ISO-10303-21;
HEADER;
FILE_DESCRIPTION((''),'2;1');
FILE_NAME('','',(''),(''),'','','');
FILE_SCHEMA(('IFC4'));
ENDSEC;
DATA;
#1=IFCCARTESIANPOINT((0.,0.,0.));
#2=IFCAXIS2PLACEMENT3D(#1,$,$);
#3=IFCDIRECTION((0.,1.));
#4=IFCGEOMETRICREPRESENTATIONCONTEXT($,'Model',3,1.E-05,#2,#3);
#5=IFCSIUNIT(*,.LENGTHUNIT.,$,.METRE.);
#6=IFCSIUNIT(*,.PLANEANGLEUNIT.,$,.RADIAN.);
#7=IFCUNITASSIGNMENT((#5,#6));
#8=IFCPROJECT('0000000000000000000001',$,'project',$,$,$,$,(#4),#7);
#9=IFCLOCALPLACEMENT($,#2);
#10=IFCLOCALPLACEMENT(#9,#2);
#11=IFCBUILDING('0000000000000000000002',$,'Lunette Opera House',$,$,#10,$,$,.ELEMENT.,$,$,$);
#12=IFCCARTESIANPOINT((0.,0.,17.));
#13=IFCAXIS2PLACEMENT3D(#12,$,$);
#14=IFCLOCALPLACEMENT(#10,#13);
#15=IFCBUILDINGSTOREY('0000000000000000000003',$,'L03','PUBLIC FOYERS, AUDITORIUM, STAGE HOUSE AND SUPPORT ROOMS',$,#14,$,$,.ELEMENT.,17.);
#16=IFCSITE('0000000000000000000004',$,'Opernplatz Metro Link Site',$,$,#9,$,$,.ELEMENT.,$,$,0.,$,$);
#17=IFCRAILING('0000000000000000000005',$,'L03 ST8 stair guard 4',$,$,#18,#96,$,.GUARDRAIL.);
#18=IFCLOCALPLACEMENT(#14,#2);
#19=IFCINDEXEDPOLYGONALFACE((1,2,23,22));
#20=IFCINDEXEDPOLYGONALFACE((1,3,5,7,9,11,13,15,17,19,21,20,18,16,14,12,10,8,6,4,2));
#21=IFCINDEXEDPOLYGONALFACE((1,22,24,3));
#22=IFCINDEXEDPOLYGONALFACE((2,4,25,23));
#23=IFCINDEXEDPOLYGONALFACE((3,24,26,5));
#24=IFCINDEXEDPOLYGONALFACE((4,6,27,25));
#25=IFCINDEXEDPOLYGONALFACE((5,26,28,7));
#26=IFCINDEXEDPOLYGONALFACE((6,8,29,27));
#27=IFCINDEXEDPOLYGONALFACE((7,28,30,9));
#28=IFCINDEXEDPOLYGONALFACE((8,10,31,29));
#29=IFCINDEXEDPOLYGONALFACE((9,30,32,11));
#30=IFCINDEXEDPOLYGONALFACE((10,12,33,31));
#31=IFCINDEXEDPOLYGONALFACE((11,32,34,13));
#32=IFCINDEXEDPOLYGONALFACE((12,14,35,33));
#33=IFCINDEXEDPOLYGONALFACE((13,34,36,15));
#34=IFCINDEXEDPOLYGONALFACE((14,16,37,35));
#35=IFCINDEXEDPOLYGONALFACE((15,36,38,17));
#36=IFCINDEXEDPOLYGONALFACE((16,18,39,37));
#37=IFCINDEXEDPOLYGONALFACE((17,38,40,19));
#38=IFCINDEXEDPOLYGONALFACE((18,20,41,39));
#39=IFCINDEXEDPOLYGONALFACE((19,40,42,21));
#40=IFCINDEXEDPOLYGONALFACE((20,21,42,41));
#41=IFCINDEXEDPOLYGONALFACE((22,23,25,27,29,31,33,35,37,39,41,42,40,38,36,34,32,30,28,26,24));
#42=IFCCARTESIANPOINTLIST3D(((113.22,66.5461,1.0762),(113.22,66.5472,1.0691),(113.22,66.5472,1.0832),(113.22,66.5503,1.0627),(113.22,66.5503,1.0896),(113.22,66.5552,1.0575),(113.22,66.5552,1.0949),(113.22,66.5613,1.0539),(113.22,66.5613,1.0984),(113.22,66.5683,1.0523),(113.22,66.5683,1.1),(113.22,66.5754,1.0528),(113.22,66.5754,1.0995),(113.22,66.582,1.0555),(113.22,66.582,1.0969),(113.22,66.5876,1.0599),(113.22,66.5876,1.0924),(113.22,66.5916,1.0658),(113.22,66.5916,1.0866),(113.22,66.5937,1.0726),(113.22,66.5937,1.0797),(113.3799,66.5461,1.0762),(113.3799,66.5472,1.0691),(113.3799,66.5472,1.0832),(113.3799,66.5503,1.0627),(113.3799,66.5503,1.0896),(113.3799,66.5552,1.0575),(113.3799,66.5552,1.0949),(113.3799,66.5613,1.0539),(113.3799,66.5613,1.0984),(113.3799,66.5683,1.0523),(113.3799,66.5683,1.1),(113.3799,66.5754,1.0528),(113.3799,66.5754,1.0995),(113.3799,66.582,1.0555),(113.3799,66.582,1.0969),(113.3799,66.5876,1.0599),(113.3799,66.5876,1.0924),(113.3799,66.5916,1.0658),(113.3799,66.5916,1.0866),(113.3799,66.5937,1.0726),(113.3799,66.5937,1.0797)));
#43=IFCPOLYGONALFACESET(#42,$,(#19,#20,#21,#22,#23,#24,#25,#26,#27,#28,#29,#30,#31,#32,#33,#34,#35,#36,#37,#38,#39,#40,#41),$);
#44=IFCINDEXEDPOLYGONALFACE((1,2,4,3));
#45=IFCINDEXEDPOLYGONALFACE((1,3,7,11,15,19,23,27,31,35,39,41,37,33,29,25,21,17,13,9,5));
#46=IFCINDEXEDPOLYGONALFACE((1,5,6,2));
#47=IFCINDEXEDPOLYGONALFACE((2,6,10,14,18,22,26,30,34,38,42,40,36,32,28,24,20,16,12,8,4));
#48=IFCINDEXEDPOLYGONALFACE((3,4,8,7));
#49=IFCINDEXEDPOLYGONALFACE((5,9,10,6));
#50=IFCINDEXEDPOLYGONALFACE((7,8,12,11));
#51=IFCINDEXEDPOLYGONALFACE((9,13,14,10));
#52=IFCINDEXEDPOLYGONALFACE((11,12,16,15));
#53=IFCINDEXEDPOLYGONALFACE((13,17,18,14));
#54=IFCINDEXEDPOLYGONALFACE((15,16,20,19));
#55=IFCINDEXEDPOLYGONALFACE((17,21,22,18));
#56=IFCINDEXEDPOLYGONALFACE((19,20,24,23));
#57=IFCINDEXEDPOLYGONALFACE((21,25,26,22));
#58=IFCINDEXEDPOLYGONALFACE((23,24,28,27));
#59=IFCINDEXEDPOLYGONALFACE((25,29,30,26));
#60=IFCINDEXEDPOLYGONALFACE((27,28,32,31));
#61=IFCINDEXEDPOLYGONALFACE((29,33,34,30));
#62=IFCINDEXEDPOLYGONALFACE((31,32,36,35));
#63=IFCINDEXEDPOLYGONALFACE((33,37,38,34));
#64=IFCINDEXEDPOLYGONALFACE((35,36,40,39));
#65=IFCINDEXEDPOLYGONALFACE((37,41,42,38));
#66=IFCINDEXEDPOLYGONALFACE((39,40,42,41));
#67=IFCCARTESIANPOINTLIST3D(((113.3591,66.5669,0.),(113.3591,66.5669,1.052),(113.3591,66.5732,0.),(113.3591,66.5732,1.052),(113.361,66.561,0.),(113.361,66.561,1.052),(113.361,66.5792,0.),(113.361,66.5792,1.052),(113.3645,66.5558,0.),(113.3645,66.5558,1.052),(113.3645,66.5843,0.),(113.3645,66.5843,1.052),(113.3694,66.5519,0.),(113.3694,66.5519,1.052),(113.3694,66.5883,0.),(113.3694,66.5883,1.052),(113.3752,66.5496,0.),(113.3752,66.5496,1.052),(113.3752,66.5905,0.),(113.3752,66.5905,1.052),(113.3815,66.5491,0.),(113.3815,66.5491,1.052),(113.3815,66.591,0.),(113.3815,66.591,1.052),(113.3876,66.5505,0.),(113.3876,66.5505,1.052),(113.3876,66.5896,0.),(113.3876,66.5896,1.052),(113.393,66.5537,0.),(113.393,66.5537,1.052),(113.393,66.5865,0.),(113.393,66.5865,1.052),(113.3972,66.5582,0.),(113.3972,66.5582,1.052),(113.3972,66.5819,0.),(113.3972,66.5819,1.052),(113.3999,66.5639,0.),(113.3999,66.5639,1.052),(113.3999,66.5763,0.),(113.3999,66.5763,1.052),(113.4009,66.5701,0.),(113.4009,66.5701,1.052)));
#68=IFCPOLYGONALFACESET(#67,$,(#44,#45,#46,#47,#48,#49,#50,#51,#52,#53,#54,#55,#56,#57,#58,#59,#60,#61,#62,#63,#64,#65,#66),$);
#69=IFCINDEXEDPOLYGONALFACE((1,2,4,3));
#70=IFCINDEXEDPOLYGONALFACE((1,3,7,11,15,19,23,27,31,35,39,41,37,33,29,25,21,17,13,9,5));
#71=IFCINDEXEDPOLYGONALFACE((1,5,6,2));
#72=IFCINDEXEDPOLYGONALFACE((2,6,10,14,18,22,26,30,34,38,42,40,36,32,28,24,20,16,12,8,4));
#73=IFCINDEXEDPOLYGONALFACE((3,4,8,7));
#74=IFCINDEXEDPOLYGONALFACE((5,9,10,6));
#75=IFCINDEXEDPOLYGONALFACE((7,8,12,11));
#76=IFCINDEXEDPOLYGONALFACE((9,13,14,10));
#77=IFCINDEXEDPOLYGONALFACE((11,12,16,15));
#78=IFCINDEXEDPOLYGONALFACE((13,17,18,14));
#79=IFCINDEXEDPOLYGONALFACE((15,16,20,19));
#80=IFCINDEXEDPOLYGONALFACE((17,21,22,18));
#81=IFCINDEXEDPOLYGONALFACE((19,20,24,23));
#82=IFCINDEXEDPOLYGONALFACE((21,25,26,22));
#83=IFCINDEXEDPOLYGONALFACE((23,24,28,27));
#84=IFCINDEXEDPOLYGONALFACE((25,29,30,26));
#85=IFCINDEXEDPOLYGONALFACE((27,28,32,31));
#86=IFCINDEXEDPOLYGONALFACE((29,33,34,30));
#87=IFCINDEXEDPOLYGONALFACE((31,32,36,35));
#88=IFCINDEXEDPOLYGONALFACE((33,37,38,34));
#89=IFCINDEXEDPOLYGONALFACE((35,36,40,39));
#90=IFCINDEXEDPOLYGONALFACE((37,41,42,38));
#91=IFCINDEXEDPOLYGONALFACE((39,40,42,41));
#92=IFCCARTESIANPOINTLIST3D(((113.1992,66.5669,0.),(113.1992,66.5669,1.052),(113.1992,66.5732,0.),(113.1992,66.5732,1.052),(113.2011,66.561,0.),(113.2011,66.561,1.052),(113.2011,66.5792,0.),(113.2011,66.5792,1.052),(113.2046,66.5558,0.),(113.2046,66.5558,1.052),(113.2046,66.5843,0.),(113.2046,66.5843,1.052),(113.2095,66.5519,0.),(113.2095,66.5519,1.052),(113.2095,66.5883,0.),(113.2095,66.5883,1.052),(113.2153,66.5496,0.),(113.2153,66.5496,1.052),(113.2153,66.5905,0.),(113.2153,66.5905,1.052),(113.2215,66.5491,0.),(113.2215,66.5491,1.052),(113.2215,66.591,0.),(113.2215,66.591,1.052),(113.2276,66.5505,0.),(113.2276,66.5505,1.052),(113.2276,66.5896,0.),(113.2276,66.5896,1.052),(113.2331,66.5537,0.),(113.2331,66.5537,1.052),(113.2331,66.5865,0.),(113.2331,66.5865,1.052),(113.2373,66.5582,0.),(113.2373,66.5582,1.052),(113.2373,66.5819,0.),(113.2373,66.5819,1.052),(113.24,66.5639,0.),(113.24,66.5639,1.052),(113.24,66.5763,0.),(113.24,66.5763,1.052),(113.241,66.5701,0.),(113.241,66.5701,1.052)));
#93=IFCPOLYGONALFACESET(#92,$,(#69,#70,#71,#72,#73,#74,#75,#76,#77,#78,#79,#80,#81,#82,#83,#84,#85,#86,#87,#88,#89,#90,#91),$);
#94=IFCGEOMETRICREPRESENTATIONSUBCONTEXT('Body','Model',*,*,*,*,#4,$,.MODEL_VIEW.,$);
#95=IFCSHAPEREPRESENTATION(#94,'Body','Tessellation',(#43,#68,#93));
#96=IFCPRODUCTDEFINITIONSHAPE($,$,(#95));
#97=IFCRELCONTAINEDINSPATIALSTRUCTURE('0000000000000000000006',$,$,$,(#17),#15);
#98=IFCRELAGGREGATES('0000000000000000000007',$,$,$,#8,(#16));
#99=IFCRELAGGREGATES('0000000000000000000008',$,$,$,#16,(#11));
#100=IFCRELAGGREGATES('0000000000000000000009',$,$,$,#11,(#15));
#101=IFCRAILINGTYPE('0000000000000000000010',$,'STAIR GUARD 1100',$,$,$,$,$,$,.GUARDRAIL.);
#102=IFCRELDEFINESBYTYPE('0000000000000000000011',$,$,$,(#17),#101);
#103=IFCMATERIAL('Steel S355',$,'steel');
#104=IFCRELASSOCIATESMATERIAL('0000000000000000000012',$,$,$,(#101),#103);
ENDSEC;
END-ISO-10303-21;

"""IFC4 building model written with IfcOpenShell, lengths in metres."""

from ifc_helpers import new_model, si_unit, direction, frame, origin, origin_2d, place, context, subcontext, project, spatial, circle, extrude, material, type_object, element, save


model = new_model("IFC4")

# Units and contexts
model_context = context("Model", 3, precision=1e-05, world=origin(), true_north=direction((0.0, 1.0)))
body_context = subcontext(model_context, "Body", "Model", "MODEL_VIEW")
ifc_project = project(units=[si_unit("LENGTHUNIT", "METRE"), si_unit("PLANEANGLEUNIT", "RADIAN")], contexts=[model_context])

# Site, building, storey
site_placement = place(None, origin())
site = spatial("IfcSite", under=ifc_project, at=site_placement, Name="Opernplatz Metro Link Site", CompositionType="ELEMENT", RefElevation=0.0)
building_placement = place(site_placement, origin())
building = spatial("IfcBuilding", under=site, at=building_placement, Name="Lunette Opera House", CompositionType="ELEMENT")
storey_placement = place(building_placement, frame((0.0, 0.0, 17.0)))
storey = spatial("IfcBuildingStorey", under=building, at=storey_placement, Name="L03", Description="PUBLIC FOYERS, AUDITORIUM, STAGE HOUSE AND SUPPORT ROOMS", CompositionType="ELEMENT", Elevation=17.0)

# Railing
ifc_material_1 = material(Name="Steel S355", Category="steel")
railing_type_1 = type_object("IfcRailingType", Name="STAIR GUARD 1100", PredefinedType="GUARDRAIL", material=ifc_material_1)
railing_1_placement = place(storey_placement, frame((113.3799, 66.5701, 0.0)))
element("IfcRailing", 1, at=railing_1_placement, inside=storey, type_object=railing_type_1, Name="L03 ST8 stair guard 4", PredefinedType="GUARDRAIL", context=body_context, shape_type="SweptSolid", body=[
    extrude(circle(Radius=0.0239, at=origin_2d()), frame((0.0, 0.0, 1.0762), z_axis=(-1.0, 0.0, 0.0), x_axis=(0.0, -1.0, 0.0)), (0.0, 0.0, 1.0), 0.1599),
    extrude(circle(Radius=0.021, at=origin_2d()), origin(), (0.0, 0.0, 1.0), 1.052),
    extrude(circle(Radius=0.021, at=origin_2d()), frame((-0.1599, 0.0, 0.0)), (0.0, 0.0, 1.0), 1.052),
])

save(model, "model.ifc")
